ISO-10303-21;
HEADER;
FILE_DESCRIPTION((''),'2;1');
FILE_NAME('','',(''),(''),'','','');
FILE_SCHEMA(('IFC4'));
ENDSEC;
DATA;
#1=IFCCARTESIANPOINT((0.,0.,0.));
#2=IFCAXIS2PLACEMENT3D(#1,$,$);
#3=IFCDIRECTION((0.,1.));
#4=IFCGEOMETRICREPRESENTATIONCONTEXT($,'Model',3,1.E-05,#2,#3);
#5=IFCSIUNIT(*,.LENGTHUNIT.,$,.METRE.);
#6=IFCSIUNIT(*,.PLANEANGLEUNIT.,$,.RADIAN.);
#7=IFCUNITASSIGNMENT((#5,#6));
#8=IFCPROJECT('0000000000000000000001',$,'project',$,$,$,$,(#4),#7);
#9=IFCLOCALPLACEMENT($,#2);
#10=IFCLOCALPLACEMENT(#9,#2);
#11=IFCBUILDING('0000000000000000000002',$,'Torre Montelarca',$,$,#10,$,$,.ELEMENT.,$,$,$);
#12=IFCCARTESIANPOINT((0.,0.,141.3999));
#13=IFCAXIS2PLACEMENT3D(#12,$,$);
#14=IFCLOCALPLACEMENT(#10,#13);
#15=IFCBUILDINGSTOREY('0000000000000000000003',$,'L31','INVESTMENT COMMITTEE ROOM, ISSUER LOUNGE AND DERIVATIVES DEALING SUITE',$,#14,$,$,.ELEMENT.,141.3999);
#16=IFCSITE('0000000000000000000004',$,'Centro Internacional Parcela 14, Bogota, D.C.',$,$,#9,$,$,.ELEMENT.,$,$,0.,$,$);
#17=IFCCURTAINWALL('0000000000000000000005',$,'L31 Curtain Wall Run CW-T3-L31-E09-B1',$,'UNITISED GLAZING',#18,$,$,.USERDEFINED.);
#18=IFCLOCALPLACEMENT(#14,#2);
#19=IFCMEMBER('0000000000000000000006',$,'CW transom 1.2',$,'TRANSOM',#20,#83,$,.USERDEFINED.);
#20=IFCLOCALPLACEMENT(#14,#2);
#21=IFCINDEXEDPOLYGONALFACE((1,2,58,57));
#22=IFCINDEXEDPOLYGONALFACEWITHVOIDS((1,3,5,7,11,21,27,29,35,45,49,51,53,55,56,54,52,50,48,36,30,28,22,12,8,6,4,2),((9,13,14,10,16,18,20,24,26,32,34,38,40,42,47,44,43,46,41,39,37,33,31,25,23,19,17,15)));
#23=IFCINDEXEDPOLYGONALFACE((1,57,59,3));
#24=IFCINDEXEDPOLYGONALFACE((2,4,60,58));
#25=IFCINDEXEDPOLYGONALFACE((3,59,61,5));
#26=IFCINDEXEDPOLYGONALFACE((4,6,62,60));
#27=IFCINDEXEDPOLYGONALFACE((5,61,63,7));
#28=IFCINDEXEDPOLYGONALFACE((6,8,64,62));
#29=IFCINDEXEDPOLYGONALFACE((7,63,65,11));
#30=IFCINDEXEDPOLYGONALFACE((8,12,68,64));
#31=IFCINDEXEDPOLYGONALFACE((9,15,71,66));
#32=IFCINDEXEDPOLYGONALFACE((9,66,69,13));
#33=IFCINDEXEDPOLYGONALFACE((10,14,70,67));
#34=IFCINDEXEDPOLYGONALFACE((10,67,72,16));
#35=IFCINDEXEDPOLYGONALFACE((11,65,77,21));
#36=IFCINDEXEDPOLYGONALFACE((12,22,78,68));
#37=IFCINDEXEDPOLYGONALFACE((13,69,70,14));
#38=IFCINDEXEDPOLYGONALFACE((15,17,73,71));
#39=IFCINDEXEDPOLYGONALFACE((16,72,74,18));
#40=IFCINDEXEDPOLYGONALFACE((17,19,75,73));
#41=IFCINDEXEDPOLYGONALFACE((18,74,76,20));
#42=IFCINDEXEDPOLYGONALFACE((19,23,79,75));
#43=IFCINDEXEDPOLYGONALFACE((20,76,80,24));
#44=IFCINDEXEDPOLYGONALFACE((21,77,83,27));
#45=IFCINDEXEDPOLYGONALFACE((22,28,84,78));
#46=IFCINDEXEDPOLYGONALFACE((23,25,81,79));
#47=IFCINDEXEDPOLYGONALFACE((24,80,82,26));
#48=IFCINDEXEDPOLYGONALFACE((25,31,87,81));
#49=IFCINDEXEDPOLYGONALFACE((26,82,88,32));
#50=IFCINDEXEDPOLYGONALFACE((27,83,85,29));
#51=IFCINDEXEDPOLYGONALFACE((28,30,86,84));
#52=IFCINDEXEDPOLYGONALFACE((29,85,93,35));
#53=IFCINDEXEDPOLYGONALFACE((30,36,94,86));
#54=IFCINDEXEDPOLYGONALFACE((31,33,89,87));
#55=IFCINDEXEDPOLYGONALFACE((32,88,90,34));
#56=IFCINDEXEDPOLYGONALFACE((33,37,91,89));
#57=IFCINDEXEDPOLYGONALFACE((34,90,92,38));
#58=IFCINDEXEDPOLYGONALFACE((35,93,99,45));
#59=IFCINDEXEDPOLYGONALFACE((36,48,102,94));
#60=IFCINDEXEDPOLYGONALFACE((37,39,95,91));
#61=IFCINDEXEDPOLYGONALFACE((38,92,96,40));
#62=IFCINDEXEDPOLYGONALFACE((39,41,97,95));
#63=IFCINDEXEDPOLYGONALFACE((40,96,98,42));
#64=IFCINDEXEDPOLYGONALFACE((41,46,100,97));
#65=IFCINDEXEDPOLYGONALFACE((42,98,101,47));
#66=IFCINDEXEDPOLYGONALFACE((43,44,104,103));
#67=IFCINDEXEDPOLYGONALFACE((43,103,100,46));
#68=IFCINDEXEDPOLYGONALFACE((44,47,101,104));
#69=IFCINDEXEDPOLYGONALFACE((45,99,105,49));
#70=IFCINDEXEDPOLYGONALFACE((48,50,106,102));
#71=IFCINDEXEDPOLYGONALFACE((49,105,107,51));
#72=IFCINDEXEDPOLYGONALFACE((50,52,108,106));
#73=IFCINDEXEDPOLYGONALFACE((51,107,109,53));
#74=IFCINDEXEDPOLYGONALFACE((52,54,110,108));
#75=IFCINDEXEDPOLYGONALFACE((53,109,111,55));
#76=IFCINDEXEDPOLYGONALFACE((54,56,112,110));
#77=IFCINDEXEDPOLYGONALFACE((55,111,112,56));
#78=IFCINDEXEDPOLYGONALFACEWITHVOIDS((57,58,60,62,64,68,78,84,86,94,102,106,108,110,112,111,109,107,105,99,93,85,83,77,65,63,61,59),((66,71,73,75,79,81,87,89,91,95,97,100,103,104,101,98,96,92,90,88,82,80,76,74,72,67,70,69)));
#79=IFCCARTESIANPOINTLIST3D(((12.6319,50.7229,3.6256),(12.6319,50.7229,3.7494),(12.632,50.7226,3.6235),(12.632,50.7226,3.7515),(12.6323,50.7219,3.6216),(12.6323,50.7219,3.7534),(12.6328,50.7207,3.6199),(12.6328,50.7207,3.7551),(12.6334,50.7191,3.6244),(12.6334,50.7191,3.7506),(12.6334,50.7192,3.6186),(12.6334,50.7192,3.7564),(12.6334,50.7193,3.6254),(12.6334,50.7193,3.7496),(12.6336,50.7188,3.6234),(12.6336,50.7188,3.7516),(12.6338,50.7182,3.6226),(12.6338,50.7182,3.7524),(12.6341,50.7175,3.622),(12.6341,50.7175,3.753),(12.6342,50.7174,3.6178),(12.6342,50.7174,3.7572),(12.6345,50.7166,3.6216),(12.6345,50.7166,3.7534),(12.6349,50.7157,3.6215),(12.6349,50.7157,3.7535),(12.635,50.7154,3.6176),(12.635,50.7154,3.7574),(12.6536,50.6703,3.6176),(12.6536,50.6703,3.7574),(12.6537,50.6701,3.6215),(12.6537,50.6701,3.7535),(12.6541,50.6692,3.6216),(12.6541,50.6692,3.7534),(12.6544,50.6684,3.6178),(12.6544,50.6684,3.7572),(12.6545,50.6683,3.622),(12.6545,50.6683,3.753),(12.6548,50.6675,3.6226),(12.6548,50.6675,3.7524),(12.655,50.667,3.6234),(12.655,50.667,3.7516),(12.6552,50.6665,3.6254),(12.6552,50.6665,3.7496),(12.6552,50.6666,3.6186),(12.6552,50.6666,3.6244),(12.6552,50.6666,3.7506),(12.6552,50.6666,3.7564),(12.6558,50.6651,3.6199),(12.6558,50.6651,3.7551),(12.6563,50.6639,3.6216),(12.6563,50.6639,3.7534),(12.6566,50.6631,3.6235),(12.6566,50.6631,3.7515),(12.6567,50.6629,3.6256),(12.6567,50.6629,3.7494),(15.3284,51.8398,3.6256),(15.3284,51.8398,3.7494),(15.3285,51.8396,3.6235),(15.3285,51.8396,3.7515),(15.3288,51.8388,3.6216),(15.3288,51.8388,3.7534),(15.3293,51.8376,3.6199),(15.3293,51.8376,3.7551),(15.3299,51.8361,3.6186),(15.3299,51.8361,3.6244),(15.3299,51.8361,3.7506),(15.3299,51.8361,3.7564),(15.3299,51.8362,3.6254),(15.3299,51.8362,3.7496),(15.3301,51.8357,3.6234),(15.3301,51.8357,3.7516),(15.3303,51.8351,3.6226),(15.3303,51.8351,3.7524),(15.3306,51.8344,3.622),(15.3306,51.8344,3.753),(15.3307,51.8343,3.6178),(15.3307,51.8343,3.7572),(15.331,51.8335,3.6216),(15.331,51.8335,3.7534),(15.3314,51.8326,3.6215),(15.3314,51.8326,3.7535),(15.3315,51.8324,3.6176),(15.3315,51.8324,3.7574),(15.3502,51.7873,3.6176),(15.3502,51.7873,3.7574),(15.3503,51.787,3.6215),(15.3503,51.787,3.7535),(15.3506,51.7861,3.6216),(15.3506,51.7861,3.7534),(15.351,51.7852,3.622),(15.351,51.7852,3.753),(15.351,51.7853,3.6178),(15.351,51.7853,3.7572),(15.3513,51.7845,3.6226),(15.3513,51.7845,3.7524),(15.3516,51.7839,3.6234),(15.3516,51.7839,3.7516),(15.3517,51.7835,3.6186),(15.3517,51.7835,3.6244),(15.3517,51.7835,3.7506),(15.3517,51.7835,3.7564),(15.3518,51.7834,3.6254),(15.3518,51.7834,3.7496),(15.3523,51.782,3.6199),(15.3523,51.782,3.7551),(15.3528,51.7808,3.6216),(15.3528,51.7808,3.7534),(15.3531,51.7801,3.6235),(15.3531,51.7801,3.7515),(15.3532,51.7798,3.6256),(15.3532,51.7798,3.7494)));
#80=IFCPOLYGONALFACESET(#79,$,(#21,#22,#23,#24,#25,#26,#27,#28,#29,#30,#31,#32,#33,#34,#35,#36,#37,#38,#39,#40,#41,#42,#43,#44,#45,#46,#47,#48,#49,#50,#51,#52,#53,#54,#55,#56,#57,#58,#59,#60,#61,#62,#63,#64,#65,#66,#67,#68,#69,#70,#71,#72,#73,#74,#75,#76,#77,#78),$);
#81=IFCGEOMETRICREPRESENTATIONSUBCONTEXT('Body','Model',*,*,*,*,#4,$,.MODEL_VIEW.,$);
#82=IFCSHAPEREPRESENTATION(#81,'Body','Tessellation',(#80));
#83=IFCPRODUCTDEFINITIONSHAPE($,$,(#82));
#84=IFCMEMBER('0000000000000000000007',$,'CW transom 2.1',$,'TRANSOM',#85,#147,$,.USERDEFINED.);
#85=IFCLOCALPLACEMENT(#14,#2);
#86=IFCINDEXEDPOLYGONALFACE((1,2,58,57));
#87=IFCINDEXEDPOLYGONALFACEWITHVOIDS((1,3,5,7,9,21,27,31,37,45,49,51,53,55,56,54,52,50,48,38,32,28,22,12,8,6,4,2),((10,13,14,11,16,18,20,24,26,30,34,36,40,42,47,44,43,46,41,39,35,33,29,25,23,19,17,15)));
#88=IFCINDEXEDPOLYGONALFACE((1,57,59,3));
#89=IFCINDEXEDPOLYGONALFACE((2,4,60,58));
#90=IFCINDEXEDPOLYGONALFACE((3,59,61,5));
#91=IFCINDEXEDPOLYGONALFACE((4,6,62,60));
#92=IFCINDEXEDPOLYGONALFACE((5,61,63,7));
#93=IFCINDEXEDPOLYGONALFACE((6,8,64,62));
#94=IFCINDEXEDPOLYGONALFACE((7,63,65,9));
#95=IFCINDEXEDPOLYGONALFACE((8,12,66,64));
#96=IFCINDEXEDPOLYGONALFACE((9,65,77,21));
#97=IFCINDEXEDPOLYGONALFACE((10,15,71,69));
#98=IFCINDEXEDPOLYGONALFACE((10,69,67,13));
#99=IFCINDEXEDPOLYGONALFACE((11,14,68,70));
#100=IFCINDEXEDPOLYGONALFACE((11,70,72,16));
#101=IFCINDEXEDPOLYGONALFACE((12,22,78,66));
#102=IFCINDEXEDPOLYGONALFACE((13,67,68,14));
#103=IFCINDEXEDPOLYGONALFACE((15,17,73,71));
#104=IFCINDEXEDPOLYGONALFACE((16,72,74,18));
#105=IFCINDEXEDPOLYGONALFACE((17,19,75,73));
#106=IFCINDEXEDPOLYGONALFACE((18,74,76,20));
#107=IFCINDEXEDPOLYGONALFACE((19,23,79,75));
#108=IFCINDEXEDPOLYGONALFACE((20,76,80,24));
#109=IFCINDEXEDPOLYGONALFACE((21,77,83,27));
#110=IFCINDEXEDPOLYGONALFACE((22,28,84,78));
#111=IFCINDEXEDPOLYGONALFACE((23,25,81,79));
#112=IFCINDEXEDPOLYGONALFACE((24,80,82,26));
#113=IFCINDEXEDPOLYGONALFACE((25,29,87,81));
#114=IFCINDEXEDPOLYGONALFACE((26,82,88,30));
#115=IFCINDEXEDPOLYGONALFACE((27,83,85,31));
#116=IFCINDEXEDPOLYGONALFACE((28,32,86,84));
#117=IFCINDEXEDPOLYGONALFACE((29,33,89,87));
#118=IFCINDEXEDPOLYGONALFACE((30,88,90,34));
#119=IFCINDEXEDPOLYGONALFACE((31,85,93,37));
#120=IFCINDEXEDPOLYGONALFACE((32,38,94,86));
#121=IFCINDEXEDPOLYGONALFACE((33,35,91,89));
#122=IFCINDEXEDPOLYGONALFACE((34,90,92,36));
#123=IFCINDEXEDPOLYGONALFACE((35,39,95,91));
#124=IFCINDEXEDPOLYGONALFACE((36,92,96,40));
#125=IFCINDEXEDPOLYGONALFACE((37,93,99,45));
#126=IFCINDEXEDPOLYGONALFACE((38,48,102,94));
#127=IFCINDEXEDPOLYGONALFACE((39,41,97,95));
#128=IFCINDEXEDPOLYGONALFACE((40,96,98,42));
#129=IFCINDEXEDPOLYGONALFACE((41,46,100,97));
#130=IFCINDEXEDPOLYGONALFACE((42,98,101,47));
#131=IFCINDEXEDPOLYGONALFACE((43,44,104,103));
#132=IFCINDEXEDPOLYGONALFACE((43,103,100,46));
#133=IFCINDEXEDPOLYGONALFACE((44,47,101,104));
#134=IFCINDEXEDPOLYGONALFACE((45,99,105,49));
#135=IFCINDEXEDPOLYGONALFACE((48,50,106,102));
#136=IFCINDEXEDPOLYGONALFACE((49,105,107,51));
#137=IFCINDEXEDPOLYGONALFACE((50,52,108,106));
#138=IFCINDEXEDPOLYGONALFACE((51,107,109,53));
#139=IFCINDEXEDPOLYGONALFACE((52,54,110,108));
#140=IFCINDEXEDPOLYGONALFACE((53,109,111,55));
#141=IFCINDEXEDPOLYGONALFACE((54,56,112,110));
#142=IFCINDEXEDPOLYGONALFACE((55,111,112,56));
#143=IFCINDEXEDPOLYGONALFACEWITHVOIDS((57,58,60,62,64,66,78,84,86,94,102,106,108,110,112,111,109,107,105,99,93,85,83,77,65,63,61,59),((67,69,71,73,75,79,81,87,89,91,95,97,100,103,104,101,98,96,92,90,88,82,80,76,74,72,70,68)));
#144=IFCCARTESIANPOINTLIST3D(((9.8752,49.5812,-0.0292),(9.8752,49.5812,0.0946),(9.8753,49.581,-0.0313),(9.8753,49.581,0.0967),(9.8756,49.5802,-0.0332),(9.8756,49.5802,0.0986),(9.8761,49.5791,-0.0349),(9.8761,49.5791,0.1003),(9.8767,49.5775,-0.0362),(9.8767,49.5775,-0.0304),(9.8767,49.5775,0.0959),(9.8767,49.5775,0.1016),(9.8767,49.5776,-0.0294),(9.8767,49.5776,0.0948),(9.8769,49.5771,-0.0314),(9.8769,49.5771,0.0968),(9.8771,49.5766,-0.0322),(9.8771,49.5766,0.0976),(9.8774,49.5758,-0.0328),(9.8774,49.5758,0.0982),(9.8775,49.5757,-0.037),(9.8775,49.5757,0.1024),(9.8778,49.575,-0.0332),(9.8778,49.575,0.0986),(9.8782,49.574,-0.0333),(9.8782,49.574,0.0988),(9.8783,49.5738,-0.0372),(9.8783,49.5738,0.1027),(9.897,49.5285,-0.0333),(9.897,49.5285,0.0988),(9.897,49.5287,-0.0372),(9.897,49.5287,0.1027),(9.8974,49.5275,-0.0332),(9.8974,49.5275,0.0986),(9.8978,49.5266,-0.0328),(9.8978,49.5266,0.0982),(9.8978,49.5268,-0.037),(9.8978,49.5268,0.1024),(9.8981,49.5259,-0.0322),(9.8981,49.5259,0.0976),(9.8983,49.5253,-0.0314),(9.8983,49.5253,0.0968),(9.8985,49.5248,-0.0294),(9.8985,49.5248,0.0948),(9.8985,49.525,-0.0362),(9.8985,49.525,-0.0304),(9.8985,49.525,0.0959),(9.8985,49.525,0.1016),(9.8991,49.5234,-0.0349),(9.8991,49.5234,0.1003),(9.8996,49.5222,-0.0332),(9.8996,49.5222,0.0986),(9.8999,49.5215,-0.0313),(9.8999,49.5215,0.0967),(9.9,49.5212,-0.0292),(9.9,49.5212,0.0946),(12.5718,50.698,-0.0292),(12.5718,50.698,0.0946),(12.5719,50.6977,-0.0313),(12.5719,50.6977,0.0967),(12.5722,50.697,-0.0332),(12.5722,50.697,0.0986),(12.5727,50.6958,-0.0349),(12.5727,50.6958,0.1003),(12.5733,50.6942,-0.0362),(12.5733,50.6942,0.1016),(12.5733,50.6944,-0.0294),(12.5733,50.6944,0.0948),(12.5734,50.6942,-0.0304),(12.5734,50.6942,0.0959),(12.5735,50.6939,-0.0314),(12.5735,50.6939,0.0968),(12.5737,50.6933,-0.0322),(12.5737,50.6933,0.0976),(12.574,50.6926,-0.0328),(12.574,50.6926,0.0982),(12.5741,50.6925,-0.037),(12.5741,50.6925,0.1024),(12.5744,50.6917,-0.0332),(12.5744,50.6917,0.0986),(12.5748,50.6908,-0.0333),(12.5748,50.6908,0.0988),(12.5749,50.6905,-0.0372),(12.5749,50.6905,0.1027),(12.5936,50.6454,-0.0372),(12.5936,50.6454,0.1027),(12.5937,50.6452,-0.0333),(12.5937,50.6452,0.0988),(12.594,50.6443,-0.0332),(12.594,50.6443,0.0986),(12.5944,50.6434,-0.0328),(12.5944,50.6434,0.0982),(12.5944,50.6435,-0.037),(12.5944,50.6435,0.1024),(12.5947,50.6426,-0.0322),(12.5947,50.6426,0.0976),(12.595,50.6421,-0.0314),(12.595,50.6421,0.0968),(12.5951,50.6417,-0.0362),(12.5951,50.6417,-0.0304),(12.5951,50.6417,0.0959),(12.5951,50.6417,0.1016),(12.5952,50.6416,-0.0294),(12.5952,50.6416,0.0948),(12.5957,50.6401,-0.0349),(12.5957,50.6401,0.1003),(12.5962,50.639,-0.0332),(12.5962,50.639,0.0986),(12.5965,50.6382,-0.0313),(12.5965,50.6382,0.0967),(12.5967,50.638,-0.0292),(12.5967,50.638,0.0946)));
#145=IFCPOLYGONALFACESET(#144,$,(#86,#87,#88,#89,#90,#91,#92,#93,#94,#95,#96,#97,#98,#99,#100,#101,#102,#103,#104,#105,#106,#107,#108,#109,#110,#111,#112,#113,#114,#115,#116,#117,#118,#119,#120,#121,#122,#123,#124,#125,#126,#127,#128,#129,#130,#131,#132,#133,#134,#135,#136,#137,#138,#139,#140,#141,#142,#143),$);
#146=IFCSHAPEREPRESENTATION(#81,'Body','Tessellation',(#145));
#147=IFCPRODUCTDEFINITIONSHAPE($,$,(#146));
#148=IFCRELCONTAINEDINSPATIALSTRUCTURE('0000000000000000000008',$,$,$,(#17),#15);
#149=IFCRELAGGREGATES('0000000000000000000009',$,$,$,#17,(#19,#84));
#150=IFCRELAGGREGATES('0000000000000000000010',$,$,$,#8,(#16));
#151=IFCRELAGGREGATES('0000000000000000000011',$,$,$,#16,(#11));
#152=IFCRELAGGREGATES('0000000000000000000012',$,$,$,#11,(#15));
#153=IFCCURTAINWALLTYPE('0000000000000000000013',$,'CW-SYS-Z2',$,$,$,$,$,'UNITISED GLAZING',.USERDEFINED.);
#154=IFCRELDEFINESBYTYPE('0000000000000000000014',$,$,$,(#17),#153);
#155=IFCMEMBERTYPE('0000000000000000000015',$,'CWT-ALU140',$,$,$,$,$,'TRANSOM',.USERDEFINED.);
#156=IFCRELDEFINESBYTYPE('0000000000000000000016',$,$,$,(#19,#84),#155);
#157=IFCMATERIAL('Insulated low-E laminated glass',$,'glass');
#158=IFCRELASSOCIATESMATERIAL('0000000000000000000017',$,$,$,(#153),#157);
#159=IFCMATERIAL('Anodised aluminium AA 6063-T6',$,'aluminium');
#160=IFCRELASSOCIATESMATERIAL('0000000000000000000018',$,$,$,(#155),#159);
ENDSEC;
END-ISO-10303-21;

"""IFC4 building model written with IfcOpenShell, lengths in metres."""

from ifc_helpers import new_model, si_unit, direction, frame, origin, origin_2d, place, context, subcontext, project, spatial, hollow_rectangle, extrude, source, transform, mapped, material, material_profile, profile_set, type_object, element, aggregate, save


model = new_model("IFC4")

# Units and contexts
model_context = context("Model", 3, precision=1e-05, world=origin(), true_north=direction((0.0, 1.0)))
body_context = subcontext(model_context, "Body", "Model", "MODEL_VIEW")
ifc_project = project(units=[si_unit("LENGTHUNIT", "METRE"), si_unit("PLANEANGLEUNIT", "RADIAN")], contexts=[model_context])

# Site, building, storey
site_placement = place(None, origin())
site = spatial("IfcSite", under=ifc_project, at=site_placement, Name="Centro Internacional Parcela 14, Bogota, D.C.", CompositionType="ELEMENT", RefElevation=0.0)
building_placement = place(site_placement, origin())
building = spatial("IfcBuilding", under=site, at=building_placement, Name="Torre Montelarca", CompositionType="ELEMENT")
storey_placement = place(building_placement, frame((0.0, 0.0, 141.3999)))
storey = spatial("IfcBuildingStorey", under=building, at=storey_placement, Name="L31", Description="INVESTMENT COMMITTEE ROOM, ISSUER LOUNGE AND DERIVATIVES DEALING SUITE", CompositionType="ELEMENT", Elevation=141.3999)

# Curtain wall, members
ifc_material_1 = material(Name="Insulated low-E laminated glass", Category="glass")
curtain_wall_type = type_object("IfcCurtainWallType", Name="CW-SYS-Z2", ElementType="UNITISED GLAZING", PredefinedType="USERDEFINED", material=ifc_material_1)
curtain_wall_1_placement = place(storey_placement, origin())
curtain_wall_1 = element("IfcCurtainWall", 1, at=curtain_wall_1_placement, inside=storey, type_object=curtain_wall_type, Name="L31 Curtain Wall Run CW-T3-L31-E09-B1", ObjectType="UNITISED GLAZING", PredefinedType="USERDEFINED")
ifc_material_2 = material(Name="Anodised aluminium AA 6063-T6", Category="aluminium")
ifc_material_profile_1 = material_profile(ifc_material_2, hollow_rectangle(XDim=0.0649, YDim=0.1399, WallThickness=0.0039, InnerFilletRadius=0.0039, OuterFilletRadius=0.0081, at=origin_2d()), Name="ALU65X140X4", Category="aluminium")
ifc_profile_set_1 = profile_set([ifc_material_profile_1], Name="Anodised aluminium AA 6063-T6")
member_type_1 = type_object("IfcMemberType", Name="CWT-ALU140", ElementType="TRANSOM", PredefinedType="USERDEFINED", material=ifc_profile_set_1)
shared_shape_1 = source(origin(), body_context, "Body", "SweptSolid", [
    extrude(hollow_rectangle(XDim=0.0649, YDim=0.1399, WallThickness=0.0039, InnerFilletRadius=0.0039, OuterFilletRadius=0.0081, at=origin_2d()), origin(), (0.0, 0.0, 1.0), 2.9187),
])
member_1_placement = place(storey_placement, frame((15.3408, 51.8098, 3.6875), z_axis=(-0.923879, -0.382684, 0.0), x_axis=(0.382684, -0.923879, 0.0)))
member_1 = element("IfcMember", 2, at=member_1_placement, type_object=member_type_1, Name="CW transom 1.2", ObjectType="TRANSOM", PredefinedType="USERDEFINED", context=body_context, shape_type="MappedRepresentation", body=[
    mapped(shared_shape_1, transform((0.0, 0.0, 0.0), scale=1.0)),
])
member_2_placement = place(storey_placement, frame((12.5842, 50.668, 0.0327), z_axis=(-0.923909, -0.382613, 0.0), x_axis=(0.382613, -0.923909, 0.0)))
member_2 = element("IfcMember", 3, at=member_2_placement, type_object=member_type_1, Name="CW transom 2.1", ObjectType="TRANSOM", PredefinedType="USERDEFINED", context=body_context, shape_type="MappedRepresentation", body=[
    mapped(shared_shape_1, transform((0.0, 0.0, 0.0), scale=1.0)),
])

aggregate(curtain_wall_1, [member_1, member_2])

save(model, "model.ifc")
